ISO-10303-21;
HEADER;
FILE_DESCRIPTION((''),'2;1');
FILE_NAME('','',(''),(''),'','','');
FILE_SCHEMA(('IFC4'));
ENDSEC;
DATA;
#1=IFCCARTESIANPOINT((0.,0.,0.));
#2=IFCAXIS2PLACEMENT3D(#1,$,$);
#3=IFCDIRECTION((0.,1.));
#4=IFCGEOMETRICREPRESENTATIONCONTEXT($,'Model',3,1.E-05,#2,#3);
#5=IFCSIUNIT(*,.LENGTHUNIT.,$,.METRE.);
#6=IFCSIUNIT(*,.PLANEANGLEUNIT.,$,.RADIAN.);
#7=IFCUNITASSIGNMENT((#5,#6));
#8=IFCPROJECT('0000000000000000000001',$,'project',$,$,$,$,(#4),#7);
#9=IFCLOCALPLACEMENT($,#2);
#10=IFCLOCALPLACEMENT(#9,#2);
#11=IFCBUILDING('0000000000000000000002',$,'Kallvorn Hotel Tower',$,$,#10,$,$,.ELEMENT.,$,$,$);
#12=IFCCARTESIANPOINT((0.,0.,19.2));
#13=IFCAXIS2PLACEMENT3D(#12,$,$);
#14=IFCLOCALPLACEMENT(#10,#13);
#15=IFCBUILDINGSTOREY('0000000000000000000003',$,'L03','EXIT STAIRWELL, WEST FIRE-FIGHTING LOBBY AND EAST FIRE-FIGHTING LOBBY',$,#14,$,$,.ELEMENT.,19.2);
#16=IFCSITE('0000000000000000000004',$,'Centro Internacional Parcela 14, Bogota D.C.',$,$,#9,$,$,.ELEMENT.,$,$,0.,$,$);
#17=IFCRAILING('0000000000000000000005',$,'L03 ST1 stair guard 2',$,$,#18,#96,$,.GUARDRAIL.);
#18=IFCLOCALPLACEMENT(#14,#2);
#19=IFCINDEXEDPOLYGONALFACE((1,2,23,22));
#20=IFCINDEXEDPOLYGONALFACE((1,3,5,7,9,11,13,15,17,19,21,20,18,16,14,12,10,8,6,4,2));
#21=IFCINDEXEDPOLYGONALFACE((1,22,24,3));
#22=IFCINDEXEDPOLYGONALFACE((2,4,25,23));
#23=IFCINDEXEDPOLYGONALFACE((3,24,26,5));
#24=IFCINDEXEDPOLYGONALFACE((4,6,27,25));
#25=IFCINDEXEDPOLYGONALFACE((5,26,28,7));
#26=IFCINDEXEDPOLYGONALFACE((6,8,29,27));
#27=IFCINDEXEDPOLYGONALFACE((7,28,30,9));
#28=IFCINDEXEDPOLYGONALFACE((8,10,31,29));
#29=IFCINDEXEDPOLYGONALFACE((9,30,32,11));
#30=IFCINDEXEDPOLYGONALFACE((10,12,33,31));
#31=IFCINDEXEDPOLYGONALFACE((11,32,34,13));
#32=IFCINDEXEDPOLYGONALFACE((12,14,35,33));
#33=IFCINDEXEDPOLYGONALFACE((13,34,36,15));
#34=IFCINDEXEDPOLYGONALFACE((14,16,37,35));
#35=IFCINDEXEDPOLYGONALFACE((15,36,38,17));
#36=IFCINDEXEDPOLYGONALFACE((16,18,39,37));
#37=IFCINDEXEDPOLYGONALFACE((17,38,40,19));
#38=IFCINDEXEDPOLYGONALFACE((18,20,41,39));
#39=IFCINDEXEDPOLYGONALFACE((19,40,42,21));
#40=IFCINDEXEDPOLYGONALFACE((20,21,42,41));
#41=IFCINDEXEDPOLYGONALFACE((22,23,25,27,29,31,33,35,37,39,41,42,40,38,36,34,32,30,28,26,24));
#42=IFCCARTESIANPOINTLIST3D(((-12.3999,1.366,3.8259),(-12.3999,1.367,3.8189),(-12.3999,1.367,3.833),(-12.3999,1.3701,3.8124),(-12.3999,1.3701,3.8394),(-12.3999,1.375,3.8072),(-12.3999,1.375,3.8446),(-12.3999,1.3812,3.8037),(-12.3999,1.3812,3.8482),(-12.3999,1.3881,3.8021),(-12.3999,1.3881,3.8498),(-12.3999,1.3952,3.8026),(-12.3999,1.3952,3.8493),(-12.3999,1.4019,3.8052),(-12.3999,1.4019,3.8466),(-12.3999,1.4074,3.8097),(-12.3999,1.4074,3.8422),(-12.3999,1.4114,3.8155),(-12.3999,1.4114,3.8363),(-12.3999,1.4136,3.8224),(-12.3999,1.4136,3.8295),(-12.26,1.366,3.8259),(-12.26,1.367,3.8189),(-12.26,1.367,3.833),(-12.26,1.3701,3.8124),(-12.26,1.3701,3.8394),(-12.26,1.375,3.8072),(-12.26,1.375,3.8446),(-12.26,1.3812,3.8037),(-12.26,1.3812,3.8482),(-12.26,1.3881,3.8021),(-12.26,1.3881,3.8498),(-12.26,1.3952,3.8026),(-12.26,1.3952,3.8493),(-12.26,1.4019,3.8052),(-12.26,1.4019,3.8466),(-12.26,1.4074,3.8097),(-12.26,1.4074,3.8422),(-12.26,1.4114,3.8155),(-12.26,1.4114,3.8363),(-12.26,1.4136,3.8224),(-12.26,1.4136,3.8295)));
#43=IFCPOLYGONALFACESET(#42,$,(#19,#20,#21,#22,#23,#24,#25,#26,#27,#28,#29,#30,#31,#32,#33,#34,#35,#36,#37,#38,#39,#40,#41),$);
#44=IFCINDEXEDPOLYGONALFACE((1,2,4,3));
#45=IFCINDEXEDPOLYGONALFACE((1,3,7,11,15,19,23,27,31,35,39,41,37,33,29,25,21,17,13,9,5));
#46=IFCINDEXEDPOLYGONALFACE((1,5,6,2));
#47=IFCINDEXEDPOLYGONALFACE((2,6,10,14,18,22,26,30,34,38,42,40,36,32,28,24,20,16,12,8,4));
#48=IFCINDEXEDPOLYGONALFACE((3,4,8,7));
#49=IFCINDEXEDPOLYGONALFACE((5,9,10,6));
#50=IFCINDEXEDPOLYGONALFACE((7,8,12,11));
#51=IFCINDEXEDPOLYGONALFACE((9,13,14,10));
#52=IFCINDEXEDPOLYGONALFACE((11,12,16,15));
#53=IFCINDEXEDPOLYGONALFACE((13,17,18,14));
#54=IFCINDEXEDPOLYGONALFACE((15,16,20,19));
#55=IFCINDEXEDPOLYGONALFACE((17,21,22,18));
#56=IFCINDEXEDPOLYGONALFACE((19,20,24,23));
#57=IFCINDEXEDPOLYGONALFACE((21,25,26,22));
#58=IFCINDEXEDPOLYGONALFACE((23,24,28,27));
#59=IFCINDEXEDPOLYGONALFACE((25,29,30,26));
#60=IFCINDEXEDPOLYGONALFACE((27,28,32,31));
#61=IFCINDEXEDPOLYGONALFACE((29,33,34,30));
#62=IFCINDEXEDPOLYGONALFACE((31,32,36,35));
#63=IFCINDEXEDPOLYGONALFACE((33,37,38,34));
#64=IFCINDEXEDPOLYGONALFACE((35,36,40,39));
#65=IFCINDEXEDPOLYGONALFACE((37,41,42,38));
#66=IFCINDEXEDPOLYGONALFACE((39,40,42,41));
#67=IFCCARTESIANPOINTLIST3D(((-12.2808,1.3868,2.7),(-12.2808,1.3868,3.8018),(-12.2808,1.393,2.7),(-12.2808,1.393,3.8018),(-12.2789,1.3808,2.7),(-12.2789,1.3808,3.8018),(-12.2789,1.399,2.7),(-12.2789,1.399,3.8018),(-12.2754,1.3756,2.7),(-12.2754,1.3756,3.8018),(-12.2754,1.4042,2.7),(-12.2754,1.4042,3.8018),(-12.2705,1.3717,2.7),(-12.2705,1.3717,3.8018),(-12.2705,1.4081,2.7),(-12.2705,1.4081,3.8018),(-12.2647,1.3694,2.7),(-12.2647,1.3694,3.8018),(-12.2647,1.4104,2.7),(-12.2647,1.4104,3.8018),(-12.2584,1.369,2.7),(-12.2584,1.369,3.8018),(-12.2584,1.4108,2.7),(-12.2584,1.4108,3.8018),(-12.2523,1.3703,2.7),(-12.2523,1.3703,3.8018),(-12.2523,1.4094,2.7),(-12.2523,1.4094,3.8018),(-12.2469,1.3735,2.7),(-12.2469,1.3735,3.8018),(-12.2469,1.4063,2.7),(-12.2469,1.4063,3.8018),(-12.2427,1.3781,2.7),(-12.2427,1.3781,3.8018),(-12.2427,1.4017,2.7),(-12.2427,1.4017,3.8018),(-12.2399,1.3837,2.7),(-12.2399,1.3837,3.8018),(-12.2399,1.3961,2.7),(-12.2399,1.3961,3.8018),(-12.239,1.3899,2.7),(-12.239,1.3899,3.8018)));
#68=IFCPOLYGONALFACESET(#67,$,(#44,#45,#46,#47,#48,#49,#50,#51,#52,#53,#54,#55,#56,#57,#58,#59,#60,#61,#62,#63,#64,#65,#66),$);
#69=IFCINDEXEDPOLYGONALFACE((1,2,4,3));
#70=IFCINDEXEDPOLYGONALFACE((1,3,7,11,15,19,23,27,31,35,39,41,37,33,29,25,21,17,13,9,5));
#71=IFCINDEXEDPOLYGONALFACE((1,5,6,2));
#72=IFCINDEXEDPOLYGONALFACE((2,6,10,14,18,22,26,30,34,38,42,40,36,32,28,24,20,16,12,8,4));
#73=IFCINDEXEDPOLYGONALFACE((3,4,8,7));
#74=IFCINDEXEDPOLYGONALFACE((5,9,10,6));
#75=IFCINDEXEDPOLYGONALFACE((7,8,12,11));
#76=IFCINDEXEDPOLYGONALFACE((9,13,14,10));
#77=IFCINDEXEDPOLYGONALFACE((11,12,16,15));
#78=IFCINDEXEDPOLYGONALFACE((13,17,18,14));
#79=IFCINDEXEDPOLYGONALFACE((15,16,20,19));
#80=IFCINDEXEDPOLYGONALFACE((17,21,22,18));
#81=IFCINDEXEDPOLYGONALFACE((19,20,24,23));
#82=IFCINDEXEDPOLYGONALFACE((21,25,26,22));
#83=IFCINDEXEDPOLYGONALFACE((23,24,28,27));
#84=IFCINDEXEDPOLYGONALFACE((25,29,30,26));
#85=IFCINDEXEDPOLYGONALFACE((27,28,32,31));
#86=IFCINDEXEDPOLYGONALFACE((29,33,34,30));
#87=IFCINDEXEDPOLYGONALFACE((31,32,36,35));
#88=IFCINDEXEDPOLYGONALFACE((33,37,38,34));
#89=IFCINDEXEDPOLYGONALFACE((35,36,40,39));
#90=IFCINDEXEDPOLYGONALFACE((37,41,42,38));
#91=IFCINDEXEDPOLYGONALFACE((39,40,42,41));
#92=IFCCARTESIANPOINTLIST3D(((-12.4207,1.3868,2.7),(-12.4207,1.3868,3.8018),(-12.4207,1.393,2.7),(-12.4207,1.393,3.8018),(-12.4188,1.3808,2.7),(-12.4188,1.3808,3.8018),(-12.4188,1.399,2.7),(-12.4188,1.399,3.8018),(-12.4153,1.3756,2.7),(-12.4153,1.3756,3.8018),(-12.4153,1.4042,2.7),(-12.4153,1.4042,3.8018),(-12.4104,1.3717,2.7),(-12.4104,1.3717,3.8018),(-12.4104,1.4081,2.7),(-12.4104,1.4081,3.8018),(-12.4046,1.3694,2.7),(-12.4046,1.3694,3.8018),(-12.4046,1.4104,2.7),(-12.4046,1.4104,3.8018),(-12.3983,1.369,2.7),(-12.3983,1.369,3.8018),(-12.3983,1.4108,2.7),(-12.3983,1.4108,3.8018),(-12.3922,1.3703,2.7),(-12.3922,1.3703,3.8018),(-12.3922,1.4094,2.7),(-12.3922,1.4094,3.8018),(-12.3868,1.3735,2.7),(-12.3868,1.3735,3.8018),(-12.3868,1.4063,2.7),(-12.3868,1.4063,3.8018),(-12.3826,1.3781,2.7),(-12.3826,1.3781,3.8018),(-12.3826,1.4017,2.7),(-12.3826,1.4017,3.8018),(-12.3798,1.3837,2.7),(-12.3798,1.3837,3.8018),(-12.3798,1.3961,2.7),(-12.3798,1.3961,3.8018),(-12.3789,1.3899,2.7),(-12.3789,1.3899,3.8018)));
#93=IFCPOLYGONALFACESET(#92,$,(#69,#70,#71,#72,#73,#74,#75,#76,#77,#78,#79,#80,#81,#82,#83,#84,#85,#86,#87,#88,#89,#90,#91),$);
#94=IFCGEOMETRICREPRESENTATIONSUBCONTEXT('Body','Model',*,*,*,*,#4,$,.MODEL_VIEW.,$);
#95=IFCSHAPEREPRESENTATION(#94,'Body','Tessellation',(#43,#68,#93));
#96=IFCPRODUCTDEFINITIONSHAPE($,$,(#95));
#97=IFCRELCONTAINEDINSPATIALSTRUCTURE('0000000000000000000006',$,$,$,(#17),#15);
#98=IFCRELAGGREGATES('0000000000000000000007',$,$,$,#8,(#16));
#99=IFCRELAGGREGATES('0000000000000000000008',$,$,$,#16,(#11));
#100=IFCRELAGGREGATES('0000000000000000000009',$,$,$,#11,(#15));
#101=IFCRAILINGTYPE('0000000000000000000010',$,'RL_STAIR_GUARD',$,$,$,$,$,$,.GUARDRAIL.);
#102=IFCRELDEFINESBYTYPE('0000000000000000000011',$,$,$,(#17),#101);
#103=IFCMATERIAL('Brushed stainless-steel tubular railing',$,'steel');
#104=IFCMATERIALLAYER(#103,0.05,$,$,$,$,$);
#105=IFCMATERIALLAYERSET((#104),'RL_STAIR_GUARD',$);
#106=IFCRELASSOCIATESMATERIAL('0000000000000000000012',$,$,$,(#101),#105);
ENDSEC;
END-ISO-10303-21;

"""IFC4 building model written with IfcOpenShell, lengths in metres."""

from ifc_helpers import new_model, si_unit, direction, frame, origin, origin_2d, place, context, subcontext, project, spatial, circle, extrude, material, layer, layer_set, type_object, element, save


model = new_model("IFC4")

# Units and contexts
model_context = context("Model", 3, precision=1e-05, world=origin(), true_north=direction((0.0, 1.0)))
body_context = subcontext(model_context, "Body", "Model", "MODEL_VIEW")
ifc_project = project(units=[si_unit("LENGTHUNIT", "METRE"), si_unit("PLANEANGLEUNIT", "RADIAN")], contexts=[model_context])

# Site, building, storey
site_placement = place(None, origin())
site = spatial("IfcSite", under=ifc_project, at=site_placement, Name="Centro Internacional Parcela 14, Bogota D.C.", CompositionType="ELEMENT", RefElevation=0.0)
building_placement = place(site_placement, origin())
building = spatial("IfcBuilding", under=site, at=building_placement, Name="Kallvorn Hotel Tower", CompositionType="ELEMENT")
storey_placement = place(building_placement, frame((0.0, 0.0, 19.2)))
storey = spatial("IfcBuildingStorey", under=building, at=storey_placement, Name="L03", Description="EXIT STAIRWELL, WEST FIRE-FIGHTING LOBBY AND EAST FIRE-FIGHTING LOBBY", CompositionType="ELEMENT", Elevation=19.2)

# Railing
ifc_material_1 = material(Name="Brushed stainless-steel tubular railing", Category="steel")
ifc_layer_1 = layer(ifc_material_1, 0.05)
ifc_layer_set_1 = layer_set([ifc_layer_1], Name="RL_STAIR_GUARD")
railing_type_1 = type_object("IfcRailingType", Name="RL_STAIR_GUARD", PredefinedType="GUARDRAIL", material=ifc_layer_set_1)
railing_1_placement = place(storey_placement, frame((-12.26, 1.3899, 2.7)))
element("IfcRailing", 1, at=railing_1_placement, inside=storey, type_object=railing_type_1, Name="L03 ST1 stair guard 2", PredefinedType="GUARDRAIL", context=body_context, shape_type="SweptSolid", body=[
    extrude(circle(Radius=0.0239, at=origin_2d()), frame((0.0, 0.0, 1.126), z_axis=(-1.0, 0.0, 0.0), x_axis=(0.0, -1.0, 0.0)), (0.0, 0.0, 1.0), 0.1399),
    extrude(circle(Radius=0.021, at=origin_2d()), origin(), (0.0, 0.0, 1.0), 1.1018),
    extrude(circle(Radius=0.021, at=origin_2d()), frame((-0.1399, 0.0, 0.0)), (0.0, 0.0, 1.0), 1.1018),
])

save(model, "model.ifc")
